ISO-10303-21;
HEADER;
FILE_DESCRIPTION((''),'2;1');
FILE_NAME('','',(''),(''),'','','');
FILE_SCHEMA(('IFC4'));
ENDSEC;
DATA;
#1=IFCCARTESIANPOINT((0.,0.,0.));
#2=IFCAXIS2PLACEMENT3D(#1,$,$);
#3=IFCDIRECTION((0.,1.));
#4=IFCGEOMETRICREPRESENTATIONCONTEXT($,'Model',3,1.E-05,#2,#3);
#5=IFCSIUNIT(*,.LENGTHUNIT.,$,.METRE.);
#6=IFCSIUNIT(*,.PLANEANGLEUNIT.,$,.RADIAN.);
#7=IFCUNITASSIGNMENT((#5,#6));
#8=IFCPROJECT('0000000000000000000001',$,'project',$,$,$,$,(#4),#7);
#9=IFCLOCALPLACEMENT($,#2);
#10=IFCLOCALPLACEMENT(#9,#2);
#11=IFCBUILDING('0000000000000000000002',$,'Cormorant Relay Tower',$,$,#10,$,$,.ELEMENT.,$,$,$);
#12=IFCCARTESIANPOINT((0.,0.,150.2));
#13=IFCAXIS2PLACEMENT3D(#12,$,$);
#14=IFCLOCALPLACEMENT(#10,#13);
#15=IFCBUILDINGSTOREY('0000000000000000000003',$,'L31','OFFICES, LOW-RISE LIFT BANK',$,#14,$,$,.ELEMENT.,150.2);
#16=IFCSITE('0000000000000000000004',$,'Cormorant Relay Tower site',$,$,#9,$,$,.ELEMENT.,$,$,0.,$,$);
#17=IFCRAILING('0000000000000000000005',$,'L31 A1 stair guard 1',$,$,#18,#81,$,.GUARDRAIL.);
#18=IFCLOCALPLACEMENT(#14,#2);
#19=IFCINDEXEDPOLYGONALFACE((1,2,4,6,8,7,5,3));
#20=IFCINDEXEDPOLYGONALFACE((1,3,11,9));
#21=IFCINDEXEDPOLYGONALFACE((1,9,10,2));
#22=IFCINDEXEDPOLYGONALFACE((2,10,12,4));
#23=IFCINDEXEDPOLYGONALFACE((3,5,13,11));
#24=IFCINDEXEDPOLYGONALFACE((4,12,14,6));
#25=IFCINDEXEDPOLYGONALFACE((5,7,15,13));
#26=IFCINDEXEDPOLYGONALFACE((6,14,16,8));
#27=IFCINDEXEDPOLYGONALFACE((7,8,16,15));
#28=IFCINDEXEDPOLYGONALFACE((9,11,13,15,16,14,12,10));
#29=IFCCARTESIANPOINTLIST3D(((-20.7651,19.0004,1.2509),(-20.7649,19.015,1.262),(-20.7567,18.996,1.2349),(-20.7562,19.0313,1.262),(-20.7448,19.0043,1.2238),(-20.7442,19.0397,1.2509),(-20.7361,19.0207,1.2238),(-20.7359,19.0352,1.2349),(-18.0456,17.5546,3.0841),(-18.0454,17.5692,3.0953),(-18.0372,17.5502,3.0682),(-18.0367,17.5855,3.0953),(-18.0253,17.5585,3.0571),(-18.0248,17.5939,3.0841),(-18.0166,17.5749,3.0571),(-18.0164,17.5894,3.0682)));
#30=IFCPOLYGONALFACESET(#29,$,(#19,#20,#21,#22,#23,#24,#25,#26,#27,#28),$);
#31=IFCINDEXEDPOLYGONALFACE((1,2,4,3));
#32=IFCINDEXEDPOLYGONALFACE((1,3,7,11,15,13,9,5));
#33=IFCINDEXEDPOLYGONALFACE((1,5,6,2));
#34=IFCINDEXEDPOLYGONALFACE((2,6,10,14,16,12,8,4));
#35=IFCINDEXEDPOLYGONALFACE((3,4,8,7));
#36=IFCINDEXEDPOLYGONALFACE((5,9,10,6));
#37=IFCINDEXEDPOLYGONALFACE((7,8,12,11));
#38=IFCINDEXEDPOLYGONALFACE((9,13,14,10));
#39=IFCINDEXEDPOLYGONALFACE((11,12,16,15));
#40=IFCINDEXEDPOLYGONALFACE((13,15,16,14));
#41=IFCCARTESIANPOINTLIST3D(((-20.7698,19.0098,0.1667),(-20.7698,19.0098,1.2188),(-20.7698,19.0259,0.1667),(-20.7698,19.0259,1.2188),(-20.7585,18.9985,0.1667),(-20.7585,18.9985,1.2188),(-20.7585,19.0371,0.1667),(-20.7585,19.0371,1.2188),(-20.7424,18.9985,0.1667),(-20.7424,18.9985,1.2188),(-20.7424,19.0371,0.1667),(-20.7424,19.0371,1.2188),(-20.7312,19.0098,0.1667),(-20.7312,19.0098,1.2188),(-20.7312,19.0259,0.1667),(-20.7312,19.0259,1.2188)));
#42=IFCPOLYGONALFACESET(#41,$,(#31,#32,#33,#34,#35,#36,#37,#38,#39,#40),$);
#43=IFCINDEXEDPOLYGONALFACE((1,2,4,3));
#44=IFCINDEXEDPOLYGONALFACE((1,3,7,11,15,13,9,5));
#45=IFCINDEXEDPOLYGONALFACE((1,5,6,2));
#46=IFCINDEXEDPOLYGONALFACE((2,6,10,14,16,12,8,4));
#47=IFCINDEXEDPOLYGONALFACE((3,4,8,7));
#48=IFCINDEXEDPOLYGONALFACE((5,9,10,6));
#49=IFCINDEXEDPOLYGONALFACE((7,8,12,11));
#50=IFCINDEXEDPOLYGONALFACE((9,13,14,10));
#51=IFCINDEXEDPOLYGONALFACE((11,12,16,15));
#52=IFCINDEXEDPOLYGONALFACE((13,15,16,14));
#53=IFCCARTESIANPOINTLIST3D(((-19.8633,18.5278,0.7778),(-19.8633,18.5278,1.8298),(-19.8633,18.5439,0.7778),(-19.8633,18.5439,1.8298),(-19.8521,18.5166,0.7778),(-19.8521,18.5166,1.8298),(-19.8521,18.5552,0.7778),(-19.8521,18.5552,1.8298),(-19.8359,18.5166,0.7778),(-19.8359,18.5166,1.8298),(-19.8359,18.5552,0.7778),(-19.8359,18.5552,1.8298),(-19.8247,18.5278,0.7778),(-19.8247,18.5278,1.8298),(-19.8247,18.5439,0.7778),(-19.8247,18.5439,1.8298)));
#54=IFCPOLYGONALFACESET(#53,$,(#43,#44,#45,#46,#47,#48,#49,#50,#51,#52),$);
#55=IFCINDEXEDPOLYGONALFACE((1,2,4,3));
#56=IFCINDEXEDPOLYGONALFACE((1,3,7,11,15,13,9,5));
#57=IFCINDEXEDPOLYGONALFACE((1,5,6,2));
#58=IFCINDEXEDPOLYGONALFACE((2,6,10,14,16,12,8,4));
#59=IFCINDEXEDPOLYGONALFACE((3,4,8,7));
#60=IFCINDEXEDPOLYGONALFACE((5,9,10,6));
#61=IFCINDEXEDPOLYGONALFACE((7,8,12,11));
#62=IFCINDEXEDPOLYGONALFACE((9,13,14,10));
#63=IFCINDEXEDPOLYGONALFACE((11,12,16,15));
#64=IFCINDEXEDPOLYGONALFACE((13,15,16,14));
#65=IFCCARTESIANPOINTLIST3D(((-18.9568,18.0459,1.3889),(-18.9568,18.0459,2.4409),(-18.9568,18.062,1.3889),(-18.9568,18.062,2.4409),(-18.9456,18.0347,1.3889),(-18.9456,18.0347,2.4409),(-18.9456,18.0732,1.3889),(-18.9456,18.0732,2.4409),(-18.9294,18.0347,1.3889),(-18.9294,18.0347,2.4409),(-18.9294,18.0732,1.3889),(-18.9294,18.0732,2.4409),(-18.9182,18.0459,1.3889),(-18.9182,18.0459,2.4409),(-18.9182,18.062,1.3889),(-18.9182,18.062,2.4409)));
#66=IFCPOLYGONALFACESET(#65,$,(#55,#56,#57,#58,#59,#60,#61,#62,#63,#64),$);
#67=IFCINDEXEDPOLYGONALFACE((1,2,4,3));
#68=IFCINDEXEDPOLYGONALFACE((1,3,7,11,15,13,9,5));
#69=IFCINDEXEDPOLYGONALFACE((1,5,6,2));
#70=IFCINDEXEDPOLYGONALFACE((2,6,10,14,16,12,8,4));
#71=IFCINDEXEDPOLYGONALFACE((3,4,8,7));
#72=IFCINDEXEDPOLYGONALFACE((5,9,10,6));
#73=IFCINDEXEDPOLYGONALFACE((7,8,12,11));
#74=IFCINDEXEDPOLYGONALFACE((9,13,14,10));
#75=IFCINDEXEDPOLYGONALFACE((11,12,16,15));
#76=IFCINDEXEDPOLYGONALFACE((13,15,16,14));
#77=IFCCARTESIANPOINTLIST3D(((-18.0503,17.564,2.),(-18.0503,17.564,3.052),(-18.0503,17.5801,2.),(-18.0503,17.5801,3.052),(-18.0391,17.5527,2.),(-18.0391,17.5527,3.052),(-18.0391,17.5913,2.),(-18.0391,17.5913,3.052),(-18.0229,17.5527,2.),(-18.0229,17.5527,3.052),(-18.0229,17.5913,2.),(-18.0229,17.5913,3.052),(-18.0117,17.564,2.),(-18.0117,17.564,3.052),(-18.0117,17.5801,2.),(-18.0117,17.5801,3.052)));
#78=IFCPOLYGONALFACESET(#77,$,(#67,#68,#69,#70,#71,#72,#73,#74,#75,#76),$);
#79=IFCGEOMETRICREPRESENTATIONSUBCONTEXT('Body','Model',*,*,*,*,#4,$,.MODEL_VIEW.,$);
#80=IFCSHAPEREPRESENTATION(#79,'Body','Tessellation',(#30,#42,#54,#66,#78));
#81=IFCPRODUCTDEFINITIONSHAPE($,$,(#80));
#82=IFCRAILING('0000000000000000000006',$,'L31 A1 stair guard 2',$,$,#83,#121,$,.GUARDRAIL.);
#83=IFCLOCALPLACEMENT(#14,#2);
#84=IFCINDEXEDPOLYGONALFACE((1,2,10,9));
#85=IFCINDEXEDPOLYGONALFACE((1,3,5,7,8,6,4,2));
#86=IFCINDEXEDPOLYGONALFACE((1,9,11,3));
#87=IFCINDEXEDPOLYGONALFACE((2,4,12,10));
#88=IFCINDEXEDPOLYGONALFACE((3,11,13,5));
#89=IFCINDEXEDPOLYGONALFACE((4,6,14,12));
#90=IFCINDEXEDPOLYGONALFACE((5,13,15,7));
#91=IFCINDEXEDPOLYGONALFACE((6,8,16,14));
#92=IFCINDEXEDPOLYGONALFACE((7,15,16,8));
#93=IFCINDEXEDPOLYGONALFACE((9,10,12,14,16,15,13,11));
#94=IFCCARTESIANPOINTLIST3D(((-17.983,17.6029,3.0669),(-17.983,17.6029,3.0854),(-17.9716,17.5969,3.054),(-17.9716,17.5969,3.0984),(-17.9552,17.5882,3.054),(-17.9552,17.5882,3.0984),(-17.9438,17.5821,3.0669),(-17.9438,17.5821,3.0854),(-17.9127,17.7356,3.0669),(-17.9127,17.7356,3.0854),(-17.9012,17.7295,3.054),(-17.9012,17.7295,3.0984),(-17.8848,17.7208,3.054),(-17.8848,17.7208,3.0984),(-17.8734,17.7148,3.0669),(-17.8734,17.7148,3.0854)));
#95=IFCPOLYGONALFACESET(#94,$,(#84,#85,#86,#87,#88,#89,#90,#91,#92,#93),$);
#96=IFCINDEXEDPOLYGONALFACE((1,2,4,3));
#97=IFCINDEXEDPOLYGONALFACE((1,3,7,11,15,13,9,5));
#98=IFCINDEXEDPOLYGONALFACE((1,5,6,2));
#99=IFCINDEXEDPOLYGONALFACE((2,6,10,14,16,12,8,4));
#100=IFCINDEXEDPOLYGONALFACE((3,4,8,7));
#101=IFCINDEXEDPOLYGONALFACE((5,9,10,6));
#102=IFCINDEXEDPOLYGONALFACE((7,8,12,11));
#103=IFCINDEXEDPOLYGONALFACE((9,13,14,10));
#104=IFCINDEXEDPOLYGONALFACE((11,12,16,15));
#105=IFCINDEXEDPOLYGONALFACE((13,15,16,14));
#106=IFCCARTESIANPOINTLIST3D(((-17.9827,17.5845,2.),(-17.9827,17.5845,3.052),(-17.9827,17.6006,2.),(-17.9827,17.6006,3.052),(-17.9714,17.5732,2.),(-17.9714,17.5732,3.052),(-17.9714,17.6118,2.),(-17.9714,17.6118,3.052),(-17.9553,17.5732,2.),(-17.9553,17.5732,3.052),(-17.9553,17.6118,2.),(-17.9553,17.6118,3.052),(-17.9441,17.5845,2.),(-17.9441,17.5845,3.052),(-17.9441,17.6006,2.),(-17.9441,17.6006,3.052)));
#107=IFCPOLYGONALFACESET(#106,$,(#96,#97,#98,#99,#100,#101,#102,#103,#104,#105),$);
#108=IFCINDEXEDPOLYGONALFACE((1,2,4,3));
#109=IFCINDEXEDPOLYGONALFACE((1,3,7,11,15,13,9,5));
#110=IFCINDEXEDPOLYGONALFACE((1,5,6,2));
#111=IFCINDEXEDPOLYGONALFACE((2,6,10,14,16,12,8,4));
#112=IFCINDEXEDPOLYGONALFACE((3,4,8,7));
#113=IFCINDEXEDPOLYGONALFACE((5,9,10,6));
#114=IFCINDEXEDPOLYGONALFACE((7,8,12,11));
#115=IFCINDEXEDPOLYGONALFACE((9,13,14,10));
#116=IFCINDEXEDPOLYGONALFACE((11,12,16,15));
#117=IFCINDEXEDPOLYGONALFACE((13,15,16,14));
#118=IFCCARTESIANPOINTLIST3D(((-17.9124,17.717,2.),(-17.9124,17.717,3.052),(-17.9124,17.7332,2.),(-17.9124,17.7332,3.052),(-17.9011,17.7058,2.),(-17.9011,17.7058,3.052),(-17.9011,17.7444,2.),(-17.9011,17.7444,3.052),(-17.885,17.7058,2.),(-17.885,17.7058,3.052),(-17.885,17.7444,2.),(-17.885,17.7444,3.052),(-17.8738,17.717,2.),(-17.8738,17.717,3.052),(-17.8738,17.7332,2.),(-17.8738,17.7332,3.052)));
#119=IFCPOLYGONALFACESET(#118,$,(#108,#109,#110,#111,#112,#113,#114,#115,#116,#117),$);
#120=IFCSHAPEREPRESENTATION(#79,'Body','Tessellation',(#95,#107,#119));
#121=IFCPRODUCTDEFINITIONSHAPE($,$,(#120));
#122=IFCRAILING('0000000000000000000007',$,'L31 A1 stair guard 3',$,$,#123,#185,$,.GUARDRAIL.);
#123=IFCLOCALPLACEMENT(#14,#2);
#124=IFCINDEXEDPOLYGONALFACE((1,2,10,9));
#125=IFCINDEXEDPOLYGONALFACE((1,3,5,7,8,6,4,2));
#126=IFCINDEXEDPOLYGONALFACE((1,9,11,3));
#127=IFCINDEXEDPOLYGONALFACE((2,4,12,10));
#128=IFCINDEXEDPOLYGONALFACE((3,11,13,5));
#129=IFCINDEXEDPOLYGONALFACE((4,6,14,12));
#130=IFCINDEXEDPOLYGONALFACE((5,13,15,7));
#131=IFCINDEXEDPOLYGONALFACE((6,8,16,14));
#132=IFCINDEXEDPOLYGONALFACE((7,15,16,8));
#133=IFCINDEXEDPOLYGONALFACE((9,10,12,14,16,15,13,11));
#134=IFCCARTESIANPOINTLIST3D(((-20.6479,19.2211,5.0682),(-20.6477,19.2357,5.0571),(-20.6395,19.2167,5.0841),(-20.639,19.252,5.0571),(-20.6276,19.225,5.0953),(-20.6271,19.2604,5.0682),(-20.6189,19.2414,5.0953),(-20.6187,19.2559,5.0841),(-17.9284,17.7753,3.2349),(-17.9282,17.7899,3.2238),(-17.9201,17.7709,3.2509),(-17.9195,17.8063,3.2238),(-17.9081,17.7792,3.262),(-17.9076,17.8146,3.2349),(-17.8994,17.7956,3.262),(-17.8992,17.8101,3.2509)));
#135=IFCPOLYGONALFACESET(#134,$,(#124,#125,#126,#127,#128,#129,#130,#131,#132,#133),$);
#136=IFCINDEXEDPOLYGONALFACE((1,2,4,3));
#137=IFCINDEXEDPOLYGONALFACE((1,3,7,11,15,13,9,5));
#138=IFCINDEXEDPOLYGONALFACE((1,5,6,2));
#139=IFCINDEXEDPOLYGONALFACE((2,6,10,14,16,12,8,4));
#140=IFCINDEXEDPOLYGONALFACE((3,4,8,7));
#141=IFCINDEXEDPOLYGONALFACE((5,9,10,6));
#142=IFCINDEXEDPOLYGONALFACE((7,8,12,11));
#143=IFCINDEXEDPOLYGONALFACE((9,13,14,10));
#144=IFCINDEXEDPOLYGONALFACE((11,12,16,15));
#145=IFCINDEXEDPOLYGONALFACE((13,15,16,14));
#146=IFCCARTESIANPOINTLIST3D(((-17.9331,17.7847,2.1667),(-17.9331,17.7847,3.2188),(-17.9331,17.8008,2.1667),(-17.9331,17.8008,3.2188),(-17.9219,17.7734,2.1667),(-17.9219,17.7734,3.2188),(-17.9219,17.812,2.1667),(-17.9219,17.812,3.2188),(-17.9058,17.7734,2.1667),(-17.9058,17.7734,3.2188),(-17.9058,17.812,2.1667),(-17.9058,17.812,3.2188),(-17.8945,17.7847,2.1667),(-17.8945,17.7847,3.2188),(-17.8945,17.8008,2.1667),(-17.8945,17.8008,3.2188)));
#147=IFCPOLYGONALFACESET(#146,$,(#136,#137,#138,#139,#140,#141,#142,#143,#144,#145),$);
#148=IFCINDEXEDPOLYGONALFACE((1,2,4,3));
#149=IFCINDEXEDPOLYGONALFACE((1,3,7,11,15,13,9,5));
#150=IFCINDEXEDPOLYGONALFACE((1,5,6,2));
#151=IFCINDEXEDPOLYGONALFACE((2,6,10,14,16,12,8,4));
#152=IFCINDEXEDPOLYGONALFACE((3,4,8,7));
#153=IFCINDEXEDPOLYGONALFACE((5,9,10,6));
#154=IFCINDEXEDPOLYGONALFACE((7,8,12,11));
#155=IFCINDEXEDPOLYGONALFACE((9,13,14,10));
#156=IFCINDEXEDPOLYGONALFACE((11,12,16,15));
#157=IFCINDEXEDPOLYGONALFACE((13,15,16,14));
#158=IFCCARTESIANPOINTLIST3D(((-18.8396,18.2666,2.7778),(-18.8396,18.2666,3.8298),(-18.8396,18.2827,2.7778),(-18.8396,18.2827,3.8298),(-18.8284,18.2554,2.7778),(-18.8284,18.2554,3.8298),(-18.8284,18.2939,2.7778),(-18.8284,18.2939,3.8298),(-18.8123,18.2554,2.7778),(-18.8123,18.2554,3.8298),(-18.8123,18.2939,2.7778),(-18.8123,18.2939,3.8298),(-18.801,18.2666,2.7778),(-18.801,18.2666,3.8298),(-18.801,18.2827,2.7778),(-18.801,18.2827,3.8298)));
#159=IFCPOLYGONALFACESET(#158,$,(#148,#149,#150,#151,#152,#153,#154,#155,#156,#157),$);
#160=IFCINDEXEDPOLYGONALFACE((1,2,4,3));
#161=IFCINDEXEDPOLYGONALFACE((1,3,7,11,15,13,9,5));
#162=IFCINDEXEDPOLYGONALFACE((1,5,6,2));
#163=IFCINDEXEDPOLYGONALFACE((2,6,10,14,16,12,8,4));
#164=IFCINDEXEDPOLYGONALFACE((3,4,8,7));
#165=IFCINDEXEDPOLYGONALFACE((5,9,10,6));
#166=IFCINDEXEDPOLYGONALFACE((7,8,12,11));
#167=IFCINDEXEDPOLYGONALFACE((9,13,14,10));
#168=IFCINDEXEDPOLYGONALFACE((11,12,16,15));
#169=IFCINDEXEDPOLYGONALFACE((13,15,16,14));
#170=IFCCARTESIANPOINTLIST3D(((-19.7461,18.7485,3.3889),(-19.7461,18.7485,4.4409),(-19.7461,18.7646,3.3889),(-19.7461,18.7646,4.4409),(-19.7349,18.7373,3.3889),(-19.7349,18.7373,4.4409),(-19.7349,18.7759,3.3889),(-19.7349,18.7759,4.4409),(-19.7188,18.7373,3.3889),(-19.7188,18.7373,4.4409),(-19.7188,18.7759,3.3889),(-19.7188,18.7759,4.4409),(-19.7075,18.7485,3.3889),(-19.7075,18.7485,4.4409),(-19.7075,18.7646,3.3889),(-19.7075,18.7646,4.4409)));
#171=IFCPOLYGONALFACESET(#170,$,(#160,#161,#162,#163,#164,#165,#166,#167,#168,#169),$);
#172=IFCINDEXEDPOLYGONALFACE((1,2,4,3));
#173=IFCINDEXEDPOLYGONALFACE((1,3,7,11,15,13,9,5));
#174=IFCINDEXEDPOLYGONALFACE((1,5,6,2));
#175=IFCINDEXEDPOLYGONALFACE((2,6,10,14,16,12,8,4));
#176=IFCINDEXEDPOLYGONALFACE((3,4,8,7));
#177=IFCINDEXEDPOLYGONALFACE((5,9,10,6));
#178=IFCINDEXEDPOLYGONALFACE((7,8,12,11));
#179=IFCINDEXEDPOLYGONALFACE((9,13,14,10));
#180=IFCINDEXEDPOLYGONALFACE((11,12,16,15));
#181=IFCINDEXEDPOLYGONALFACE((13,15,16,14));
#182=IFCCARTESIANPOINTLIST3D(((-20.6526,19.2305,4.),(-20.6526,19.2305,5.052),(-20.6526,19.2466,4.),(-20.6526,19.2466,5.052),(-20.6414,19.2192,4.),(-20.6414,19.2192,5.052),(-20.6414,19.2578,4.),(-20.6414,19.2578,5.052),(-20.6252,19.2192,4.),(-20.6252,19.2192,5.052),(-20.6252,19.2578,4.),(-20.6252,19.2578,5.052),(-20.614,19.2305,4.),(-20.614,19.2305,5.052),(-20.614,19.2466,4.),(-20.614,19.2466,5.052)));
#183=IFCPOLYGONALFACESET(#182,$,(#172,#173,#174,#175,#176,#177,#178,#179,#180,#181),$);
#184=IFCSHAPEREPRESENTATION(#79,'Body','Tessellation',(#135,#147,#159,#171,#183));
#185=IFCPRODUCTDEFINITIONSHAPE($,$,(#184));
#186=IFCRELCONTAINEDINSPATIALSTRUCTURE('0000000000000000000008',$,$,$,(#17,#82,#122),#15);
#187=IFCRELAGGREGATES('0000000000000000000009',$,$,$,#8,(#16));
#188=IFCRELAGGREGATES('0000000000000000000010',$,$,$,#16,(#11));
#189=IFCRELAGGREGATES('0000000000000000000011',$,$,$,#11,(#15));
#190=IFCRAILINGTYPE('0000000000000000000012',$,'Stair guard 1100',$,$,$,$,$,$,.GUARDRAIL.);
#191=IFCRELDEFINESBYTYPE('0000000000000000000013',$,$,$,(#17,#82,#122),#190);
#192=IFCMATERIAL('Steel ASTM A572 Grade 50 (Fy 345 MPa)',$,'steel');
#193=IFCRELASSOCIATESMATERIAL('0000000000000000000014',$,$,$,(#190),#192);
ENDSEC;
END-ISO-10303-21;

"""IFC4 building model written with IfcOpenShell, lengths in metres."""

from ifc_helpers import new_model, si_unit, direction, frame, origin, place, context, subcontext, project, spatial, polyline, outline, extrude, material, type_object, element, save


model = new_model("IFC4")

# Units and contexts
model_context = context("Model", 3, precision=1e-05, world=origin(), true_north=direction((0.0, 1.0)))
body_context = subcontext(model_context, "Body", "Model", "MODEL_VIEW")
ifc_project = project(units=[si_unit("LENGTHUNIT", "METRE"), si_unit("PLANEANGLEUNIT", "RADIAN")], contexts=[model_context])

# Site, building, storey
site_placement = place(None, origin())
site = spatial("IfcSite", under=ifc_project, at=site_placement, Name="Cormorant Relay Tower site", CompositionType="ELEMENT", RefElevation=0.0)
building_placement = place(site_placement, origin())
building = spatial("IfcBuilding", under=site, at=building_placement, Name="Cormorant Relay Tower", CompositionType="ELEMENT")
storey_placement = place(building_placement, frame((0.0, 0.0, 150.2)))
storey = spatial("IfcBuildingStorey", under=building, at=storey_placement, Name="L31", Description="OFFICES, LOW-RISE LIFT BANK", CompositionType="ELEMENT", Elevation=150.2)

# Railings
ifc_material_1 = material(Name="Steel ASTM A572 Grade 50 (Fy 345 MPa)", Category="steel")
railing_type_1 = type_object("IfcRailingType", Name="Stair guard 1100", PredefinedType="GUARDRAIL", material=ifc_material_1)
railing_1_placement = place(storey_placement, frame((-20.7505, 19.0178, 0.1667)))
element("IfcRailing", 1, at=railing_1_placement, inside=storey, type_object=railing_type_1, Name="L31 A1 stair guard 1", PredefinedType="GUARDRAIL", context=body_context, shape_type="SweptSolid", body=[
    extrude(outline(polyline([(0.0222, 0.0093), (0.0093, 0.0222), (-0.0093, 0.0222), (-0.0222, 0.0093), (-0.0222, -0.0093), (-0.0093, -0.0222), (0.0093, -0.0222), (0.0222, -0.0093), (0.0222, 0.0093)])), frame((0.0, 0.0, 1.0762), z_axis=(0.758735, -0.403378, 0.511477), x_axis=(0.469428, 0.882971, 0.0)), (0.0, 0.0, 1.0), 3.5842),
    extrude(outline(polyline([(0.0193, 0.0081), (0.0081, 0.0193), (-0.0081, 0.0193), (-0.0193, 0.0081), (-0.0193, -0.0081), (-0.0081, -0.0193), (0.0081, -0.0193), (0.0193, -0.0081), (0.0193, 0.0081)])), origin(), (0.0, 0.0, 1.0), 1.052),
    extrude(outline(polyline([(0.0193, 0.0081), (0.0081, 0.0193), (-0.0081, 0.0193), (-0.0193, 0.0081), (-0.0193, -0.0081), (-0.0081, -0.0193), (0.0081, -0.0193), (0.0193, -0.0081), (0.0193, 0.0081)])), frame((0.9065, -0.4819, 0.6111)), (0.0, 0.0, 1.0), 1.052),
    extrude(outline(polyline([(0.0193, 0.0081), (0.0081, 0.0193), (-0.0081, 0.0193), (-0.0193, 0.0081), (-0.0193, -0.0081), (-0.0081, -0.0193), (0.0081, -0.0193), (0.0193, -0.0081), (0.0193, 0.0081)])), frame((1.813, -0.9639, 1.2222)), (0.0, 0.0, 1.0), 1.052),
    extrude(outline(polyline([(0.0193, 0.0081), (0.0081, 0.0193), (-0.0081, 0.0193), (-0.0193, 0.0081), (-0.0193, -0.0081), (-0.0081, -0.0193), (0.0081, -0.0193), (0.0193, -0.0081), (0.0193, 0.0081)])), frame((2.7195, -1.4458, 1.8333)), (0.0, 0.0, 1.0), 1.052),
])
railing_2_placement = place(storey_placement, frame((-17.9634, 17.5925, 2.0)))
element("IfcRailing", 2, at=railing_2_placement, inside=storey, type_object=railing_type_1, Name="L31 A1 stair guard 2", PredefinedType="GUARDRAIL", context=body_context, shape_type="SweptSolid", body=[
    extrude(outline(polyline([(0.0222, 0.0093), (0.0093, 0.0222), (-0.0093, 0.0222), (-0.0222, 0.0093), (-0.0222, -0.0093), (-0.0093, -0.0222), (0.0093, -0.0222), (0.0222, -0.0093), (0.0222, 0.0093)])), frame((0.0, 0.0, 1.0762), z_axis=(0.46856, 0.883431, 0.0), x_axis=(-0.883431, 0.46856, 0.0)), (0.0, 0.0, 1.0), 0.1501),
    extrude(outline(polyline([(0.0193, 0.0081), (0.0081, 0.0193), (-0.0081, 0.0193), (-0.0193, 0.0081), (-0.0193, -0.0081), (-0.0081, -0.0193), (0.0081, -0.0193), (0.0193, -0.0081), (0.0193, 0.0081)])), origin(), (0.0, 0.0, 1.0), 1.052),
    extrude(outline(polyline([(0.0193, 0.0081), (0.0081, 0.0193), (-0.0081, 0.0193), (-0.0193, 0.0081), (-0.0193, -0.0081), (-0.0081, -0.0193), (0.0081, -0.0193), (0.0193, -0.0081), (0.0193, 0.0081)])), frame((0.0703, 0.1326, 0.0)), (0.0, 0.0, 1.0), 1.052),
])
railing_3_placement = place(storey_placement, frame((-17.9138, 17.7927, 2.1667)))
element("IfcRailing", 3, at=railing_3_placement, inside=storey, type_object=railing_type_1, Name="L31 A1 stair guard 3", PredefinedType="GUARDRAIL", context=body_context, shape_type="SweptSolid", body=[
    extrude(outline(polyline([(0.0222, 0.0093), (0.0093, 0.0222), (-0.0093, 0.0222), (-0.0222, 0.0093), (-0.0222, -0.0093), (-0.0093, -0.0222), (0.0093, -0.0222), (0.0222, -0.0093), (0.0222, 0.0093)])), frame((0.0, 0.0, 1.0762), z_axis=(-0.758735, 0.403378, 0.511477), x_axis=(-0.469428, -0.882971, 0.0)), (0.0, 0.0, 1.0), 3.5842),
    extrude(outline(polyline([(0.0193, 0.0081), (0.0081, 0.0193), (-0.0081, 0.0193), (-0.0193, 0.0081), (-0.0193, -0.0081), (-0.0081, -0.0193), (0.0081, -0.0193), (0.0193, -0.0081), (0.0193, 0.0081)])), origin(), (0.0, 0.0, 1.0), 1.052),
    extrude(outline(polyline([(0.0193, 0.0081), (0.0081, 0.0193), (-0.0081, 0.0193), (-0.0193, 0.0081), (-0.0193, -0.0081), (-0.0081, -0.0193), (0.0081, -0.0193), (0.0193, -0.0081), (0.0193, 0.0081)])), frame((-0.9065, 0.4819, 0.6111)), (0.0, 0.0, 1.0), 1.052),
    extrude(outline(polyline([(0.0193, 0.0081), (0.0081, 0.0193), (-0.0081, 0.0193), (-0.0193, 0.0081), (-0.0193, -0.0081), (-0.0081, -0.0193), (0.0081, -0.0193), (0.0193, -0.0081), (0.0193, 0.0081)])), frame((-1.813, 0.9639, 1.2222)), (0.0, 0.0, 1.0), 1.052),
    extrude(outline(polyline([(0.0193, 0.0081), (0.0081, 0.0193), (-0.0081, 0.0193), (-0.0193, 0.0081), (-0.0193, -0.0081), (-0.0081, -0.0193), (0.0081, -0.0193), (0.0193, -0.0081), (0.0193, 0.0081)])), frame((-2.7195, 1.4458, 1.8333)), (0.0, 0.0, 1.0), 1.052),
])

save(model, "model.ifc")
